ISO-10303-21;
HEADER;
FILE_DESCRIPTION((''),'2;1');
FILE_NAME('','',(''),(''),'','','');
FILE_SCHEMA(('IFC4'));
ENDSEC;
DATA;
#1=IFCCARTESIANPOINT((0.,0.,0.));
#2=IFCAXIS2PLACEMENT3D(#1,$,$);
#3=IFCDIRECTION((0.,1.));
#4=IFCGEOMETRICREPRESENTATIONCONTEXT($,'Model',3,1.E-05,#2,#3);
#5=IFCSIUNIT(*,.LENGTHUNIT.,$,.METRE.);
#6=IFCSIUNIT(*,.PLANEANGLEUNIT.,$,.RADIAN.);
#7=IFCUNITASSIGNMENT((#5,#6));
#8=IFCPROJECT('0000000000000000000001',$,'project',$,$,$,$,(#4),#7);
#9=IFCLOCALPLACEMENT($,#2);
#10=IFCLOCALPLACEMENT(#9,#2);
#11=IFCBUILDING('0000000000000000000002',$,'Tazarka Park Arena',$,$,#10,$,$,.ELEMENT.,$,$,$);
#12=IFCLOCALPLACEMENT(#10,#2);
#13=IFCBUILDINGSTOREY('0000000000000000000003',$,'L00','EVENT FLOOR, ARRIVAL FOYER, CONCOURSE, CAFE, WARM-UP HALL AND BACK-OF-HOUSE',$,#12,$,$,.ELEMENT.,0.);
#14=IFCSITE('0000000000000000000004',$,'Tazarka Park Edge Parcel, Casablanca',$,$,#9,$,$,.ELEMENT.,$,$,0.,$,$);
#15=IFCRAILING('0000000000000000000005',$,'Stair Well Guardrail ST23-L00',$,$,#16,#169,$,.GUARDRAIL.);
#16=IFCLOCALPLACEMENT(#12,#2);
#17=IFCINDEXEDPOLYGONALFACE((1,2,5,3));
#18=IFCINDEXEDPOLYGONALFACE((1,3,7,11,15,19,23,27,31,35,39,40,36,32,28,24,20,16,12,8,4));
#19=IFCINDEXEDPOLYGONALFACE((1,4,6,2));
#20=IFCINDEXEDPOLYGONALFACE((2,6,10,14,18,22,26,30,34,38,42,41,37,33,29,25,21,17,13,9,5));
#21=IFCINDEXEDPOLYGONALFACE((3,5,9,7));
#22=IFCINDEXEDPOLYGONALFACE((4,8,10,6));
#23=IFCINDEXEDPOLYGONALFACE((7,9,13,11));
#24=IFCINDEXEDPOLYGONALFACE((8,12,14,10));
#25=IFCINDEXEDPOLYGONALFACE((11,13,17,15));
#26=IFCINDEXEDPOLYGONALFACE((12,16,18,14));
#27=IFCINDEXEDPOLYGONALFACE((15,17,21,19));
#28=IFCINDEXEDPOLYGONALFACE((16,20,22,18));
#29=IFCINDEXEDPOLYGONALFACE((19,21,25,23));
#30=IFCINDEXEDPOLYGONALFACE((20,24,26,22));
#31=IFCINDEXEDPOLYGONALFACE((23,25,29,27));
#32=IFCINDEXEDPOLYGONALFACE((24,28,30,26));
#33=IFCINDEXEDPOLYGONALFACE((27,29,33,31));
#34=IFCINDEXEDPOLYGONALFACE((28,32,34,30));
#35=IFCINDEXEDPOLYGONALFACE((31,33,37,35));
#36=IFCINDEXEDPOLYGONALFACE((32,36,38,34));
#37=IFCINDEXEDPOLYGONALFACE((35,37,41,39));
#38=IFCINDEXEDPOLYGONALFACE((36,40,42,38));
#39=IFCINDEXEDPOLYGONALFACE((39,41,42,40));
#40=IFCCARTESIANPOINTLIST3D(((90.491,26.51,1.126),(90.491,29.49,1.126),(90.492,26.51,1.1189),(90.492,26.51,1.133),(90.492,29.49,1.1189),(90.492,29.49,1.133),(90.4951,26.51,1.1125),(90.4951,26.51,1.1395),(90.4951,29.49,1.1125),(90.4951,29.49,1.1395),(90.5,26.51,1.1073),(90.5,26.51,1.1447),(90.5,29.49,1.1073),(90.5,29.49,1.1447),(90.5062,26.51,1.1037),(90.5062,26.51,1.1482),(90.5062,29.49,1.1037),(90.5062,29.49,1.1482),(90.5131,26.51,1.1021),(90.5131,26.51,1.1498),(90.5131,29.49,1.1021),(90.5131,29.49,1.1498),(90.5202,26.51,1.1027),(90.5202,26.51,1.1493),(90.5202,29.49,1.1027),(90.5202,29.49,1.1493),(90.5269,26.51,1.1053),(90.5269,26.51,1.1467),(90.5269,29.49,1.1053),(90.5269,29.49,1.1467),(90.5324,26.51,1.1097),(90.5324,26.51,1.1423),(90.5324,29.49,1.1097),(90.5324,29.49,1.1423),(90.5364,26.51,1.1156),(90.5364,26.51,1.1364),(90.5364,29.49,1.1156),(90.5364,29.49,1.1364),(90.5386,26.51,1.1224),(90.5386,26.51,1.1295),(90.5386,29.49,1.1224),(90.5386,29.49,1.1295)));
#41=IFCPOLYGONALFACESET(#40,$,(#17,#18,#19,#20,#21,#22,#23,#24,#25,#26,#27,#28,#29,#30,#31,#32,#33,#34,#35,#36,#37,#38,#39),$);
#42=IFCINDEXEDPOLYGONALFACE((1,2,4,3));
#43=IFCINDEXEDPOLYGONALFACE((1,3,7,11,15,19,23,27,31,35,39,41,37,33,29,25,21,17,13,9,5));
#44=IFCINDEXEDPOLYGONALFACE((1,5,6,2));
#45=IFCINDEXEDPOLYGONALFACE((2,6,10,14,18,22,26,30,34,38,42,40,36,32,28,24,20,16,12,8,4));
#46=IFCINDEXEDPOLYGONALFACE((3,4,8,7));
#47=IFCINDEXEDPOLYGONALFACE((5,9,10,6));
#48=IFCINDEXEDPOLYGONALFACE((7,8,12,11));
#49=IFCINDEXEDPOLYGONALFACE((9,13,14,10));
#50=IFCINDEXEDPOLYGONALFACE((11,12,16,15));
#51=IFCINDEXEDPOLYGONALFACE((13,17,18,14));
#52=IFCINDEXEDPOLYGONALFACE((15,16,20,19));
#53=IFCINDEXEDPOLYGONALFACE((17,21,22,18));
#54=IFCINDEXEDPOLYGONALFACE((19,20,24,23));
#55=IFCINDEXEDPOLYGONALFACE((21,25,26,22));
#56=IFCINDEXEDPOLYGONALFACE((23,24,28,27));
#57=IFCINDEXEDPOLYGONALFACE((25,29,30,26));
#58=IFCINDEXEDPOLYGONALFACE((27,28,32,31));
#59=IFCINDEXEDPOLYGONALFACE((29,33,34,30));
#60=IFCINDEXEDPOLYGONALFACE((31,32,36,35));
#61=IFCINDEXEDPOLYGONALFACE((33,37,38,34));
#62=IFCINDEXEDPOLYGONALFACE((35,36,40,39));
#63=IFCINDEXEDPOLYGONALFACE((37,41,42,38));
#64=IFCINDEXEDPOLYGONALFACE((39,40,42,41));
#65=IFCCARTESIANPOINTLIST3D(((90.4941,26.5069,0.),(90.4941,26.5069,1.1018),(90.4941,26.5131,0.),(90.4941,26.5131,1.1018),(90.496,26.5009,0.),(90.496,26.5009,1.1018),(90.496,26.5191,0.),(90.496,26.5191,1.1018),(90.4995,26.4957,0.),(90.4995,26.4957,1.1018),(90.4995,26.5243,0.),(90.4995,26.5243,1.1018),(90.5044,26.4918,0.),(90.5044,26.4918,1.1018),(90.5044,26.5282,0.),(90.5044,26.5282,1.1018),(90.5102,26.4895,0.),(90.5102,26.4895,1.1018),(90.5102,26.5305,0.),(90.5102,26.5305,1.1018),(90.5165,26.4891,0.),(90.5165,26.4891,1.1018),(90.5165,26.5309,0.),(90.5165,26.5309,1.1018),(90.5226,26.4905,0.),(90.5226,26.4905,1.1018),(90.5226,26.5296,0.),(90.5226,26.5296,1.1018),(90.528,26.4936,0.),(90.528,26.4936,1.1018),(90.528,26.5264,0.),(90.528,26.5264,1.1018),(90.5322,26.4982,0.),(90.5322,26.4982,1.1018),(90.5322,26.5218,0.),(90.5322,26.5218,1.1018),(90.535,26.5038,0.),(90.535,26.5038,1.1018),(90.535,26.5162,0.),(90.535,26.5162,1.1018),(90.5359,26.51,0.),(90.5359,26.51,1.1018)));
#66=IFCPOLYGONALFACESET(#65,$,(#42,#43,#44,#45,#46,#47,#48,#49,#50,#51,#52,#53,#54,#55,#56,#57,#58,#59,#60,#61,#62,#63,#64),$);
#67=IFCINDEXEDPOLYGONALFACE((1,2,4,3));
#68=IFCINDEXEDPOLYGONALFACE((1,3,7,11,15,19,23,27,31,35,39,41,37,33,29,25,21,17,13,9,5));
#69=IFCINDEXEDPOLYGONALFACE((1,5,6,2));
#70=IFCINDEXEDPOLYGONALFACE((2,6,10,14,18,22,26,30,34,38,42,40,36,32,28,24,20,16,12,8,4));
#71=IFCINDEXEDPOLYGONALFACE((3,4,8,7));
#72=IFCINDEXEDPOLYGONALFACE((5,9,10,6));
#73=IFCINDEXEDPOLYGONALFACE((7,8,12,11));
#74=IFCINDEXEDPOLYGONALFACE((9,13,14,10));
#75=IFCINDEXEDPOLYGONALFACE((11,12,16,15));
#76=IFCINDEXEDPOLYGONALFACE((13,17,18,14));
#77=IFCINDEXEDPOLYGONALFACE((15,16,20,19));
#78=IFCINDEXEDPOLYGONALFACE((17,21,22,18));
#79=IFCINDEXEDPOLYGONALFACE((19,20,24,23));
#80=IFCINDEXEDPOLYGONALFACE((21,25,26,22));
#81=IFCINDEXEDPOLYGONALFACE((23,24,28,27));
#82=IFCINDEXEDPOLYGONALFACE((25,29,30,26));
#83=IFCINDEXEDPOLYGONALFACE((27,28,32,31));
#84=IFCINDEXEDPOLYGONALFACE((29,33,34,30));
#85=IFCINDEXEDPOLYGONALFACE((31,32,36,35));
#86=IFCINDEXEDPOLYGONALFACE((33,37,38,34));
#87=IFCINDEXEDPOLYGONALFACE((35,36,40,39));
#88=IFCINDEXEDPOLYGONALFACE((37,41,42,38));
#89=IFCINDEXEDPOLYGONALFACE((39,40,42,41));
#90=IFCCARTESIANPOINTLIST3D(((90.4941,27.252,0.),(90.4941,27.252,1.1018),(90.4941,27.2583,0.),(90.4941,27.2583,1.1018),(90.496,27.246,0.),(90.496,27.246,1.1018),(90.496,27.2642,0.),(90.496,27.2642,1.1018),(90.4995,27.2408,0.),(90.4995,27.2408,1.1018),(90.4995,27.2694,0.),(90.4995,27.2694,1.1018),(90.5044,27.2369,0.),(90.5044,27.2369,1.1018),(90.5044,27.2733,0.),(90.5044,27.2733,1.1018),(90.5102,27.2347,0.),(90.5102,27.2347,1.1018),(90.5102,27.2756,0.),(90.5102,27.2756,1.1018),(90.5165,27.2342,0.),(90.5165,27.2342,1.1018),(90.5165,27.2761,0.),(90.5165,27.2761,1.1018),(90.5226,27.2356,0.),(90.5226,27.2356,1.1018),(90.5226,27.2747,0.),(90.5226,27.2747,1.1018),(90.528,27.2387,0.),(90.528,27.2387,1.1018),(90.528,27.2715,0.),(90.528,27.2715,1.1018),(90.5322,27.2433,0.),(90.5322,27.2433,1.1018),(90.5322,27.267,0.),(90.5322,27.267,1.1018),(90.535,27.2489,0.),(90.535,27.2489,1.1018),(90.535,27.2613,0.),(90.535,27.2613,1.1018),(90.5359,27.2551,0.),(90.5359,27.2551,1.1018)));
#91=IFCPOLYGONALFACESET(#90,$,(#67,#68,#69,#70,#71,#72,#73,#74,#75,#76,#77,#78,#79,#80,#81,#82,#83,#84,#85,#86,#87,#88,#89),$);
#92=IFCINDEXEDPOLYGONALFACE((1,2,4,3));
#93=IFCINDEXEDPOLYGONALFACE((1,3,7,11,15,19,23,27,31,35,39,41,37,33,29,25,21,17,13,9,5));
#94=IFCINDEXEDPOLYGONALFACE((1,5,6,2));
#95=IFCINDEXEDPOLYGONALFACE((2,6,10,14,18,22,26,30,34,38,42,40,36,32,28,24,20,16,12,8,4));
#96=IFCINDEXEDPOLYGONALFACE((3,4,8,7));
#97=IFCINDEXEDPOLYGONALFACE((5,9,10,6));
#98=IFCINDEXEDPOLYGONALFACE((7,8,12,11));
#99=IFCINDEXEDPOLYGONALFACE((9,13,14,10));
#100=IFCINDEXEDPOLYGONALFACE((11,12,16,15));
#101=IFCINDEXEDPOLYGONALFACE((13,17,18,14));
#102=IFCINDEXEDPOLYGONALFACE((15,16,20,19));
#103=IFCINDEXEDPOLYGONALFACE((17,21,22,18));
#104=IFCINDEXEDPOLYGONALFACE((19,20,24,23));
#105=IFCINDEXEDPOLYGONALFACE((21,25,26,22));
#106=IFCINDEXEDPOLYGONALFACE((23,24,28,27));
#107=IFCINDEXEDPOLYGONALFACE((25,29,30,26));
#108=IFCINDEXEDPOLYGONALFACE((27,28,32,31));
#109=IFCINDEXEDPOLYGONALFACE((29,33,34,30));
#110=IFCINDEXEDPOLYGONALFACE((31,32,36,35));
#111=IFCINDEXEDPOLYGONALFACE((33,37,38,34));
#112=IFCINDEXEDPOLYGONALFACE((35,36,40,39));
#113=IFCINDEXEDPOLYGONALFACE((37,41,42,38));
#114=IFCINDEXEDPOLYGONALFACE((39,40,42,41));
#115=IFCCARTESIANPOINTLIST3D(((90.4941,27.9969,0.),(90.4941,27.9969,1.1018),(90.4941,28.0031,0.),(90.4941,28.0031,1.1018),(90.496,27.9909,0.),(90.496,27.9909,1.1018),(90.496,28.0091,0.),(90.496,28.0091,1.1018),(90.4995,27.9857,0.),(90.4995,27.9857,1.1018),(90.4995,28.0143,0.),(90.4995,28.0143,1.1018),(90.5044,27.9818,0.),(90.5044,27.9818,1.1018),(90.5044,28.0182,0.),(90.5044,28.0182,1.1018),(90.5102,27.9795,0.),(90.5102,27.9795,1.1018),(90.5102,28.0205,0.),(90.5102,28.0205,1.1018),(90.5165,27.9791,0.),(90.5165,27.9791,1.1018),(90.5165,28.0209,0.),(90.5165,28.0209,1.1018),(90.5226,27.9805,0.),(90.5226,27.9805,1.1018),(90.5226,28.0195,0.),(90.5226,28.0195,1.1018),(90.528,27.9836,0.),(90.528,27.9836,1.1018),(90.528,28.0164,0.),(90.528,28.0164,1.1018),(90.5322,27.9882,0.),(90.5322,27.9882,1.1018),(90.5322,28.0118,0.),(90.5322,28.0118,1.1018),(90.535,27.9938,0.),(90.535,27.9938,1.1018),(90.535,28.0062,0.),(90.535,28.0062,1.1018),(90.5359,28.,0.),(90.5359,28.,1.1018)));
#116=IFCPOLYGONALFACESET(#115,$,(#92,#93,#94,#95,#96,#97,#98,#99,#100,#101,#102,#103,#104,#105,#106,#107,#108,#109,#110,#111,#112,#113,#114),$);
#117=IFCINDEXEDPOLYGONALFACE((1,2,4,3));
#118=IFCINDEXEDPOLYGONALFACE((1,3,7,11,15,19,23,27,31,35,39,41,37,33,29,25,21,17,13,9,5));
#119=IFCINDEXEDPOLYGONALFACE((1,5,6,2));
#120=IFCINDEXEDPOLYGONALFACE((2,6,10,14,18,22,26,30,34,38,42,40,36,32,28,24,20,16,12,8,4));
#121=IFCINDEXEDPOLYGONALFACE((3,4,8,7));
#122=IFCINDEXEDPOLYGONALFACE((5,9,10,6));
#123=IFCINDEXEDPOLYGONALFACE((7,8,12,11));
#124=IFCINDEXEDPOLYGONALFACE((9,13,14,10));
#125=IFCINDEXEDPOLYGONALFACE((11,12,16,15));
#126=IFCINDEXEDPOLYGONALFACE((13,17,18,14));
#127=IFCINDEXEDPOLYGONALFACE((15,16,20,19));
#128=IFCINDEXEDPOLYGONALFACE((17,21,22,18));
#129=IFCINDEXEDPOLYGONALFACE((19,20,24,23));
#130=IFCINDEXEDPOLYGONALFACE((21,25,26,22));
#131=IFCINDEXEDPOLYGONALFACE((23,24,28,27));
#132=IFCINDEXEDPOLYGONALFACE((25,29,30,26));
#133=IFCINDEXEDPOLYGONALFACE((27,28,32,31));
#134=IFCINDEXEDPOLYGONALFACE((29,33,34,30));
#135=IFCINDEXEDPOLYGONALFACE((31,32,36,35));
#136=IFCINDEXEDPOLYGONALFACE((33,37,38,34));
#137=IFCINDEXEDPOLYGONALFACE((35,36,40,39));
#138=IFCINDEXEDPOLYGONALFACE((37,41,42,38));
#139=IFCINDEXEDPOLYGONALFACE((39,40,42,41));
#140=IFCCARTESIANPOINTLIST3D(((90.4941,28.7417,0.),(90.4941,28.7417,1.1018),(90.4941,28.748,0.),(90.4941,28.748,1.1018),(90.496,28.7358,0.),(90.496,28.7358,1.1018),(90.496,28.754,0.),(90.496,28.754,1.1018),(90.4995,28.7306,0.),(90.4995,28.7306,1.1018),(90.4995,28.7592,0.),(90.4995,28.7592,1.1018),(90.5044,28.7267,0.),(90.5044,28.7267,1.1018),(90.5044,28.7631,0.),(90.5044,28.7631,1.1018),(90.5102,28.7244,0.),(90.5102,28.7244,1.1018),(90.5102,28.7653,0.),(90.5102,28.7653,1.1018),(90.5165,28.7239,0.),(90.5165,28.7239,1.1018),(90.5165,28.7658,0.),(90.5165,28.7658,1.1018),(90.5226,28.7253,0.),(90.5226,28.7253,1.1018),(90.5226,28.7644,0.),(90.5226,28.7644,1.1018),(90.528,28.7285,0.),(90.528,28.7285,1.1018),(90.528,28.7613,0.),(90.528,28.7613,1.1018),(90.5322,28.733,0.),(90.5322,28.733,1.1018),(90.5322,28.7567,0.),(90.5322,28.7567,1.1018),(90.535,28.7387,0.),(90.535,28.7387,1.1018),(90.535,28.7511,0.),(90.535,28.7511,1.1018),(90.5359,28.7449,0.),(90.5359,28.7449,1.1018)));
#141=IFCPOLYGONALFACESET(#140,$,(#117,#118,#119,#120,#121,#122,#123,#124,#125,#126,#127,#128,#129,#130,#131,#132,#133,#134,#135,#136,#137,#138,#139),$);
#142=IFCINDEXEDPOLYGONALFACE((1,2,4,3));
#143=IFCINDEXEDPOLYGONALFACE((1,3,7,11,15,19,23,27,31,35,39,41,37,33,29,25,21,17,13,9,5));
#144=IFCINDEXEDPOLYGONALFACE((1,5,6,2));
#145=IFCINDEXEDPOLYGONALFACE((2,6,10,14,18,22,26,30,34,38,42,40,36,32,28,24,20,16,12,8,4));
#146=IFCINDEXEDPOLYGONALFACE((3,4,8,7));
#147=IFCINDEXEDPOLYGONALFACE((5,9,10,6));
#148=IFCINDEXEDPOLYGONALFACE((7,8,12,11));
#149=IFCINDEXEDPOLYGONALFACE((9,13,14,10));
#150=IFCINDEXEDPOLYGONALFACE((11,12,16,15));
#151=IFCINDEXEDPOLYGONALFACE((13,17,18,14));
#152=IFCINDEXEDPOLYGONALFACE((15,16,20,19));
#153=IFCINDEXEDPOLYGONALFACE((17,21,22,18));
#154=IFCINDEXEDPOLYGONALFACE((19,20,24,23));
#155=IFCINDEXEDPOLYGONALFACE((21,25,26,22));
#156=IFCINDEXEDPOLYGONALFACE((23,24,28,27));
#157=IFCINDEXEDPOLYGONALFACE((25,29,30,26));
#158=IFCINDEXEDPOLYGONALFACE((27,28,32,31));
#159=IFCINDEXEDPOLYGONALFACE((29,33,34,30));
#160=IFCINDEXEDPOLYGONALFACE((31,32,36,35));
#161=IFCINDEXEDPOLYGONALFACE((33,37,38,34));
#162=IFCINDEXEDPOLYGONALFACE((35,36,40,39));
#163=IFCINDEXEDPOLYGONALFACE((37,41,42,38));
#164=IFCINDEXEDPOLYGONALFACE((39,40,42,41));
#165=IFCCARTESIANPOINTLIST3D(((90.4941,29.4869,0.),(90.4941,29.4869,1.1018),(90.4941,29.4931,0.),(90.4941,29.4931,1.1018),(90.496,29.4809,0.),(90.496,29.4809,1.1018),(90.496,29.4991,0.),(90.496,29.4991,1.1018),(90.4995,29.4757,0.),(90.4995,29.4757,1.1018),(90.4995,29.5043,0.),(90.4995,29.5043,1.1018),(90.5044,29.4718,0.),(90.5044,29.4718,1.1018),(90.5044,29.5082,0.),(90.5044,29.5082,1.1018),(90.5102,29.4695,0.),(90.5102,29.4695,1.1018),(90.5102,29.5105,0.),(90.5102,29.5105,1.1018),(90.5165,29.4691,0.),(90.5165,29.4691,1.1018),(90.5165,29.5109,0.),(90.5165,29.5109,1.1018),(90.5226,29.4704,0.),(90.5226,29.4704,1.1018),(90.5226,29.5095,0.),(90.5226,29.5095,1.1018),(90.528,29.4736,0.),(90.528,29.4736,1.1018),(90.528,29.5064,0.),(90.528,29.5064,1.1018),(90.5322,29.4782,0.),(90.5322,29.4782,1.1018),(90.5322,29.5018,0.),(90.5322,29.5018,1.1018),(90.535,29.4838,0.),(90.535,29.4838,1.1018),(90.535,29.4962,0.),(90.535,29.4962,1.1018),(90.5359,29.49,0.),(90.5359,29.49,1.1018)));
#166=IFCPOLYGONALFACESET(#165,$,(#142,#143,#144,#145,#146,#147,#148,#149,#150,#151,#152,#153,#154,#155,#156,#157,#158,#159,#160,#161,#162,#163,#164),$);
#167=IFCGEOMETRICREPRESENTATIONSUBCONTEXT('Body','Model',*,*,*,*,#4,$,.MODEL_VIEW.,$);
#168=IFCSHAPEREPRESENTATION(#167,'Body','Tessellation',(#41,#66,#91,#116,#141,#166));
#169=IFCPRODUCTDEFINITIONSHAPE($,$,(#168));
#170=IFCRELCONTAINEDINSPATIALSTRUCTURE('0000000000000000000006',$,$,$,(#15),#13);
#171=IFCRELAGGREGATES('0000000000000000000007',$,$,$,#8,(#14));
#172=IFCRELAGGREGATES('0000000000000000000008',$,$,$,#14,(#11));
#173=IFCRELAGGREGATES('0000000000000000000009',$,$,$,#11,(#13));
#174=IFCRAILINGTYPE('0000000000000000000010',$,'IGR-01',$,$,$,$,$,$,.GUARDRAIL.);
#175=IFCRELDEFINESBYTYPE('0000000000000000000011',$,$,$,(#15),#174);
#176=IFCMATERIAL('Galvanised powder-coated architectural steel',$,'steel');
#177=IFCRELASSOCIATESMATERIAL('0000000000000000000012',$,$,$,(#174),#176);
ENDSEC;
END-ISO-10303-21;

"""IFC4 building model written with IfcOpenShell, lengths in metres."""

from ifc_helpers import new_model, si_unit, direction, frame, origin, origin_2d, place, context, subcontext, project, spatial, circle, extrude, material, type_object, element, save


model = new_model("IFC4")

# Units and contexts
model_context = context("Model", 3, precision=1e-05, world=origin(), true_north=direction((0.0, 1.0)))
body_context = subcontext(model_context, "Body", "Model", "MODEL_VIEW")
ifc_project = project(units=[si_unit("LENGTHUNIT", "METRE"), si_unit("PLANEANGLEUNIT", "RADIAN")], contexts=[model_context])

# Site, building, storey
site_placement = place(None, origin())
site = spatial("IfcSite", under=ifc_project, at=site_placement, Name="Tazarka Park Edge Parcel, Casablanca", CompositionType="ELEMENT", RefElevation=0.0)
building_placement = place(site_placement, origin())
building = spatial("IfcBuilding", under=site, at=building_placement, Name="Tazarka Park Arena", CompositionType="ELEMENT")
storey_placement = place(building_placement, origin())
storey = spatial("IfcBuildingStorey", under=building, at=storey_placement, Name="L00", Description="EVENT FLOOR, ARRIVAL FOYER, CONCOURSE, CAFE, WARM-UP HALL AND BACK-OF-HOUSE", CompositionType="ELEMENT", Elevation=0.0)

# Railing
ifc_material_1 = material(Name="Galvanised powder-coated architectural steel", Category="steel")
railing_type_1 = type_object("IfcRailingType", Name="IGR-01", PredefinedType="GUARDRAIL", material=ifc_material_1)
for number, where, name in (
    (1, (90.5149, 26.51, 0.0), "Stair Well Guardrail ST23-L00"),
):
    element("IfcRailing", number, at=place(storey_placement, frame(where)), inside=storey, type_object=railing_type_1, Name=name, PredefinedType="GUARDRAIL", context=body_context, shape_type="SweptSolid", body=[
        extrude(circle(Radius=0.0239, at=origin_2d()), frame((0.0, 0.0, 1.126), z_axis=(0.0, 1.0, 0.0), x_axis=(-1.0, 0.0, 0.0)), (0.0, 0.0, 1.0), 2.98),
        extrude(circle(Radius=0.021, at=origin_2d()), origin(), (0.0, 0.0, 1.0), 1.1018),
        extrude(circle(Radius=0.021, at=origin_2d()), frame((0.0, 0.7451, 0.0)), (0.0, 0.0, 1.0), 1.1018),
        extrude(circle(Radius=0.021, at=origin_2d()), frame((0.0, 1.49, 0.0)), (0.0, 0.0, 1.0), 1.1018),
        extrude(circle(Radius=0.021, at=origin_2d()), frame((0.0, 2.2349, 0.0)), (0.0, 0.0, 1.0), 1.1018),
        extrude(circle(Radius=0.021, at=origin_2d()), frame((0.0, 2.98, 0.0)), (0.0, 0.0, 1.0), 1.1018),
    ])

save(model, "model.ifc")
